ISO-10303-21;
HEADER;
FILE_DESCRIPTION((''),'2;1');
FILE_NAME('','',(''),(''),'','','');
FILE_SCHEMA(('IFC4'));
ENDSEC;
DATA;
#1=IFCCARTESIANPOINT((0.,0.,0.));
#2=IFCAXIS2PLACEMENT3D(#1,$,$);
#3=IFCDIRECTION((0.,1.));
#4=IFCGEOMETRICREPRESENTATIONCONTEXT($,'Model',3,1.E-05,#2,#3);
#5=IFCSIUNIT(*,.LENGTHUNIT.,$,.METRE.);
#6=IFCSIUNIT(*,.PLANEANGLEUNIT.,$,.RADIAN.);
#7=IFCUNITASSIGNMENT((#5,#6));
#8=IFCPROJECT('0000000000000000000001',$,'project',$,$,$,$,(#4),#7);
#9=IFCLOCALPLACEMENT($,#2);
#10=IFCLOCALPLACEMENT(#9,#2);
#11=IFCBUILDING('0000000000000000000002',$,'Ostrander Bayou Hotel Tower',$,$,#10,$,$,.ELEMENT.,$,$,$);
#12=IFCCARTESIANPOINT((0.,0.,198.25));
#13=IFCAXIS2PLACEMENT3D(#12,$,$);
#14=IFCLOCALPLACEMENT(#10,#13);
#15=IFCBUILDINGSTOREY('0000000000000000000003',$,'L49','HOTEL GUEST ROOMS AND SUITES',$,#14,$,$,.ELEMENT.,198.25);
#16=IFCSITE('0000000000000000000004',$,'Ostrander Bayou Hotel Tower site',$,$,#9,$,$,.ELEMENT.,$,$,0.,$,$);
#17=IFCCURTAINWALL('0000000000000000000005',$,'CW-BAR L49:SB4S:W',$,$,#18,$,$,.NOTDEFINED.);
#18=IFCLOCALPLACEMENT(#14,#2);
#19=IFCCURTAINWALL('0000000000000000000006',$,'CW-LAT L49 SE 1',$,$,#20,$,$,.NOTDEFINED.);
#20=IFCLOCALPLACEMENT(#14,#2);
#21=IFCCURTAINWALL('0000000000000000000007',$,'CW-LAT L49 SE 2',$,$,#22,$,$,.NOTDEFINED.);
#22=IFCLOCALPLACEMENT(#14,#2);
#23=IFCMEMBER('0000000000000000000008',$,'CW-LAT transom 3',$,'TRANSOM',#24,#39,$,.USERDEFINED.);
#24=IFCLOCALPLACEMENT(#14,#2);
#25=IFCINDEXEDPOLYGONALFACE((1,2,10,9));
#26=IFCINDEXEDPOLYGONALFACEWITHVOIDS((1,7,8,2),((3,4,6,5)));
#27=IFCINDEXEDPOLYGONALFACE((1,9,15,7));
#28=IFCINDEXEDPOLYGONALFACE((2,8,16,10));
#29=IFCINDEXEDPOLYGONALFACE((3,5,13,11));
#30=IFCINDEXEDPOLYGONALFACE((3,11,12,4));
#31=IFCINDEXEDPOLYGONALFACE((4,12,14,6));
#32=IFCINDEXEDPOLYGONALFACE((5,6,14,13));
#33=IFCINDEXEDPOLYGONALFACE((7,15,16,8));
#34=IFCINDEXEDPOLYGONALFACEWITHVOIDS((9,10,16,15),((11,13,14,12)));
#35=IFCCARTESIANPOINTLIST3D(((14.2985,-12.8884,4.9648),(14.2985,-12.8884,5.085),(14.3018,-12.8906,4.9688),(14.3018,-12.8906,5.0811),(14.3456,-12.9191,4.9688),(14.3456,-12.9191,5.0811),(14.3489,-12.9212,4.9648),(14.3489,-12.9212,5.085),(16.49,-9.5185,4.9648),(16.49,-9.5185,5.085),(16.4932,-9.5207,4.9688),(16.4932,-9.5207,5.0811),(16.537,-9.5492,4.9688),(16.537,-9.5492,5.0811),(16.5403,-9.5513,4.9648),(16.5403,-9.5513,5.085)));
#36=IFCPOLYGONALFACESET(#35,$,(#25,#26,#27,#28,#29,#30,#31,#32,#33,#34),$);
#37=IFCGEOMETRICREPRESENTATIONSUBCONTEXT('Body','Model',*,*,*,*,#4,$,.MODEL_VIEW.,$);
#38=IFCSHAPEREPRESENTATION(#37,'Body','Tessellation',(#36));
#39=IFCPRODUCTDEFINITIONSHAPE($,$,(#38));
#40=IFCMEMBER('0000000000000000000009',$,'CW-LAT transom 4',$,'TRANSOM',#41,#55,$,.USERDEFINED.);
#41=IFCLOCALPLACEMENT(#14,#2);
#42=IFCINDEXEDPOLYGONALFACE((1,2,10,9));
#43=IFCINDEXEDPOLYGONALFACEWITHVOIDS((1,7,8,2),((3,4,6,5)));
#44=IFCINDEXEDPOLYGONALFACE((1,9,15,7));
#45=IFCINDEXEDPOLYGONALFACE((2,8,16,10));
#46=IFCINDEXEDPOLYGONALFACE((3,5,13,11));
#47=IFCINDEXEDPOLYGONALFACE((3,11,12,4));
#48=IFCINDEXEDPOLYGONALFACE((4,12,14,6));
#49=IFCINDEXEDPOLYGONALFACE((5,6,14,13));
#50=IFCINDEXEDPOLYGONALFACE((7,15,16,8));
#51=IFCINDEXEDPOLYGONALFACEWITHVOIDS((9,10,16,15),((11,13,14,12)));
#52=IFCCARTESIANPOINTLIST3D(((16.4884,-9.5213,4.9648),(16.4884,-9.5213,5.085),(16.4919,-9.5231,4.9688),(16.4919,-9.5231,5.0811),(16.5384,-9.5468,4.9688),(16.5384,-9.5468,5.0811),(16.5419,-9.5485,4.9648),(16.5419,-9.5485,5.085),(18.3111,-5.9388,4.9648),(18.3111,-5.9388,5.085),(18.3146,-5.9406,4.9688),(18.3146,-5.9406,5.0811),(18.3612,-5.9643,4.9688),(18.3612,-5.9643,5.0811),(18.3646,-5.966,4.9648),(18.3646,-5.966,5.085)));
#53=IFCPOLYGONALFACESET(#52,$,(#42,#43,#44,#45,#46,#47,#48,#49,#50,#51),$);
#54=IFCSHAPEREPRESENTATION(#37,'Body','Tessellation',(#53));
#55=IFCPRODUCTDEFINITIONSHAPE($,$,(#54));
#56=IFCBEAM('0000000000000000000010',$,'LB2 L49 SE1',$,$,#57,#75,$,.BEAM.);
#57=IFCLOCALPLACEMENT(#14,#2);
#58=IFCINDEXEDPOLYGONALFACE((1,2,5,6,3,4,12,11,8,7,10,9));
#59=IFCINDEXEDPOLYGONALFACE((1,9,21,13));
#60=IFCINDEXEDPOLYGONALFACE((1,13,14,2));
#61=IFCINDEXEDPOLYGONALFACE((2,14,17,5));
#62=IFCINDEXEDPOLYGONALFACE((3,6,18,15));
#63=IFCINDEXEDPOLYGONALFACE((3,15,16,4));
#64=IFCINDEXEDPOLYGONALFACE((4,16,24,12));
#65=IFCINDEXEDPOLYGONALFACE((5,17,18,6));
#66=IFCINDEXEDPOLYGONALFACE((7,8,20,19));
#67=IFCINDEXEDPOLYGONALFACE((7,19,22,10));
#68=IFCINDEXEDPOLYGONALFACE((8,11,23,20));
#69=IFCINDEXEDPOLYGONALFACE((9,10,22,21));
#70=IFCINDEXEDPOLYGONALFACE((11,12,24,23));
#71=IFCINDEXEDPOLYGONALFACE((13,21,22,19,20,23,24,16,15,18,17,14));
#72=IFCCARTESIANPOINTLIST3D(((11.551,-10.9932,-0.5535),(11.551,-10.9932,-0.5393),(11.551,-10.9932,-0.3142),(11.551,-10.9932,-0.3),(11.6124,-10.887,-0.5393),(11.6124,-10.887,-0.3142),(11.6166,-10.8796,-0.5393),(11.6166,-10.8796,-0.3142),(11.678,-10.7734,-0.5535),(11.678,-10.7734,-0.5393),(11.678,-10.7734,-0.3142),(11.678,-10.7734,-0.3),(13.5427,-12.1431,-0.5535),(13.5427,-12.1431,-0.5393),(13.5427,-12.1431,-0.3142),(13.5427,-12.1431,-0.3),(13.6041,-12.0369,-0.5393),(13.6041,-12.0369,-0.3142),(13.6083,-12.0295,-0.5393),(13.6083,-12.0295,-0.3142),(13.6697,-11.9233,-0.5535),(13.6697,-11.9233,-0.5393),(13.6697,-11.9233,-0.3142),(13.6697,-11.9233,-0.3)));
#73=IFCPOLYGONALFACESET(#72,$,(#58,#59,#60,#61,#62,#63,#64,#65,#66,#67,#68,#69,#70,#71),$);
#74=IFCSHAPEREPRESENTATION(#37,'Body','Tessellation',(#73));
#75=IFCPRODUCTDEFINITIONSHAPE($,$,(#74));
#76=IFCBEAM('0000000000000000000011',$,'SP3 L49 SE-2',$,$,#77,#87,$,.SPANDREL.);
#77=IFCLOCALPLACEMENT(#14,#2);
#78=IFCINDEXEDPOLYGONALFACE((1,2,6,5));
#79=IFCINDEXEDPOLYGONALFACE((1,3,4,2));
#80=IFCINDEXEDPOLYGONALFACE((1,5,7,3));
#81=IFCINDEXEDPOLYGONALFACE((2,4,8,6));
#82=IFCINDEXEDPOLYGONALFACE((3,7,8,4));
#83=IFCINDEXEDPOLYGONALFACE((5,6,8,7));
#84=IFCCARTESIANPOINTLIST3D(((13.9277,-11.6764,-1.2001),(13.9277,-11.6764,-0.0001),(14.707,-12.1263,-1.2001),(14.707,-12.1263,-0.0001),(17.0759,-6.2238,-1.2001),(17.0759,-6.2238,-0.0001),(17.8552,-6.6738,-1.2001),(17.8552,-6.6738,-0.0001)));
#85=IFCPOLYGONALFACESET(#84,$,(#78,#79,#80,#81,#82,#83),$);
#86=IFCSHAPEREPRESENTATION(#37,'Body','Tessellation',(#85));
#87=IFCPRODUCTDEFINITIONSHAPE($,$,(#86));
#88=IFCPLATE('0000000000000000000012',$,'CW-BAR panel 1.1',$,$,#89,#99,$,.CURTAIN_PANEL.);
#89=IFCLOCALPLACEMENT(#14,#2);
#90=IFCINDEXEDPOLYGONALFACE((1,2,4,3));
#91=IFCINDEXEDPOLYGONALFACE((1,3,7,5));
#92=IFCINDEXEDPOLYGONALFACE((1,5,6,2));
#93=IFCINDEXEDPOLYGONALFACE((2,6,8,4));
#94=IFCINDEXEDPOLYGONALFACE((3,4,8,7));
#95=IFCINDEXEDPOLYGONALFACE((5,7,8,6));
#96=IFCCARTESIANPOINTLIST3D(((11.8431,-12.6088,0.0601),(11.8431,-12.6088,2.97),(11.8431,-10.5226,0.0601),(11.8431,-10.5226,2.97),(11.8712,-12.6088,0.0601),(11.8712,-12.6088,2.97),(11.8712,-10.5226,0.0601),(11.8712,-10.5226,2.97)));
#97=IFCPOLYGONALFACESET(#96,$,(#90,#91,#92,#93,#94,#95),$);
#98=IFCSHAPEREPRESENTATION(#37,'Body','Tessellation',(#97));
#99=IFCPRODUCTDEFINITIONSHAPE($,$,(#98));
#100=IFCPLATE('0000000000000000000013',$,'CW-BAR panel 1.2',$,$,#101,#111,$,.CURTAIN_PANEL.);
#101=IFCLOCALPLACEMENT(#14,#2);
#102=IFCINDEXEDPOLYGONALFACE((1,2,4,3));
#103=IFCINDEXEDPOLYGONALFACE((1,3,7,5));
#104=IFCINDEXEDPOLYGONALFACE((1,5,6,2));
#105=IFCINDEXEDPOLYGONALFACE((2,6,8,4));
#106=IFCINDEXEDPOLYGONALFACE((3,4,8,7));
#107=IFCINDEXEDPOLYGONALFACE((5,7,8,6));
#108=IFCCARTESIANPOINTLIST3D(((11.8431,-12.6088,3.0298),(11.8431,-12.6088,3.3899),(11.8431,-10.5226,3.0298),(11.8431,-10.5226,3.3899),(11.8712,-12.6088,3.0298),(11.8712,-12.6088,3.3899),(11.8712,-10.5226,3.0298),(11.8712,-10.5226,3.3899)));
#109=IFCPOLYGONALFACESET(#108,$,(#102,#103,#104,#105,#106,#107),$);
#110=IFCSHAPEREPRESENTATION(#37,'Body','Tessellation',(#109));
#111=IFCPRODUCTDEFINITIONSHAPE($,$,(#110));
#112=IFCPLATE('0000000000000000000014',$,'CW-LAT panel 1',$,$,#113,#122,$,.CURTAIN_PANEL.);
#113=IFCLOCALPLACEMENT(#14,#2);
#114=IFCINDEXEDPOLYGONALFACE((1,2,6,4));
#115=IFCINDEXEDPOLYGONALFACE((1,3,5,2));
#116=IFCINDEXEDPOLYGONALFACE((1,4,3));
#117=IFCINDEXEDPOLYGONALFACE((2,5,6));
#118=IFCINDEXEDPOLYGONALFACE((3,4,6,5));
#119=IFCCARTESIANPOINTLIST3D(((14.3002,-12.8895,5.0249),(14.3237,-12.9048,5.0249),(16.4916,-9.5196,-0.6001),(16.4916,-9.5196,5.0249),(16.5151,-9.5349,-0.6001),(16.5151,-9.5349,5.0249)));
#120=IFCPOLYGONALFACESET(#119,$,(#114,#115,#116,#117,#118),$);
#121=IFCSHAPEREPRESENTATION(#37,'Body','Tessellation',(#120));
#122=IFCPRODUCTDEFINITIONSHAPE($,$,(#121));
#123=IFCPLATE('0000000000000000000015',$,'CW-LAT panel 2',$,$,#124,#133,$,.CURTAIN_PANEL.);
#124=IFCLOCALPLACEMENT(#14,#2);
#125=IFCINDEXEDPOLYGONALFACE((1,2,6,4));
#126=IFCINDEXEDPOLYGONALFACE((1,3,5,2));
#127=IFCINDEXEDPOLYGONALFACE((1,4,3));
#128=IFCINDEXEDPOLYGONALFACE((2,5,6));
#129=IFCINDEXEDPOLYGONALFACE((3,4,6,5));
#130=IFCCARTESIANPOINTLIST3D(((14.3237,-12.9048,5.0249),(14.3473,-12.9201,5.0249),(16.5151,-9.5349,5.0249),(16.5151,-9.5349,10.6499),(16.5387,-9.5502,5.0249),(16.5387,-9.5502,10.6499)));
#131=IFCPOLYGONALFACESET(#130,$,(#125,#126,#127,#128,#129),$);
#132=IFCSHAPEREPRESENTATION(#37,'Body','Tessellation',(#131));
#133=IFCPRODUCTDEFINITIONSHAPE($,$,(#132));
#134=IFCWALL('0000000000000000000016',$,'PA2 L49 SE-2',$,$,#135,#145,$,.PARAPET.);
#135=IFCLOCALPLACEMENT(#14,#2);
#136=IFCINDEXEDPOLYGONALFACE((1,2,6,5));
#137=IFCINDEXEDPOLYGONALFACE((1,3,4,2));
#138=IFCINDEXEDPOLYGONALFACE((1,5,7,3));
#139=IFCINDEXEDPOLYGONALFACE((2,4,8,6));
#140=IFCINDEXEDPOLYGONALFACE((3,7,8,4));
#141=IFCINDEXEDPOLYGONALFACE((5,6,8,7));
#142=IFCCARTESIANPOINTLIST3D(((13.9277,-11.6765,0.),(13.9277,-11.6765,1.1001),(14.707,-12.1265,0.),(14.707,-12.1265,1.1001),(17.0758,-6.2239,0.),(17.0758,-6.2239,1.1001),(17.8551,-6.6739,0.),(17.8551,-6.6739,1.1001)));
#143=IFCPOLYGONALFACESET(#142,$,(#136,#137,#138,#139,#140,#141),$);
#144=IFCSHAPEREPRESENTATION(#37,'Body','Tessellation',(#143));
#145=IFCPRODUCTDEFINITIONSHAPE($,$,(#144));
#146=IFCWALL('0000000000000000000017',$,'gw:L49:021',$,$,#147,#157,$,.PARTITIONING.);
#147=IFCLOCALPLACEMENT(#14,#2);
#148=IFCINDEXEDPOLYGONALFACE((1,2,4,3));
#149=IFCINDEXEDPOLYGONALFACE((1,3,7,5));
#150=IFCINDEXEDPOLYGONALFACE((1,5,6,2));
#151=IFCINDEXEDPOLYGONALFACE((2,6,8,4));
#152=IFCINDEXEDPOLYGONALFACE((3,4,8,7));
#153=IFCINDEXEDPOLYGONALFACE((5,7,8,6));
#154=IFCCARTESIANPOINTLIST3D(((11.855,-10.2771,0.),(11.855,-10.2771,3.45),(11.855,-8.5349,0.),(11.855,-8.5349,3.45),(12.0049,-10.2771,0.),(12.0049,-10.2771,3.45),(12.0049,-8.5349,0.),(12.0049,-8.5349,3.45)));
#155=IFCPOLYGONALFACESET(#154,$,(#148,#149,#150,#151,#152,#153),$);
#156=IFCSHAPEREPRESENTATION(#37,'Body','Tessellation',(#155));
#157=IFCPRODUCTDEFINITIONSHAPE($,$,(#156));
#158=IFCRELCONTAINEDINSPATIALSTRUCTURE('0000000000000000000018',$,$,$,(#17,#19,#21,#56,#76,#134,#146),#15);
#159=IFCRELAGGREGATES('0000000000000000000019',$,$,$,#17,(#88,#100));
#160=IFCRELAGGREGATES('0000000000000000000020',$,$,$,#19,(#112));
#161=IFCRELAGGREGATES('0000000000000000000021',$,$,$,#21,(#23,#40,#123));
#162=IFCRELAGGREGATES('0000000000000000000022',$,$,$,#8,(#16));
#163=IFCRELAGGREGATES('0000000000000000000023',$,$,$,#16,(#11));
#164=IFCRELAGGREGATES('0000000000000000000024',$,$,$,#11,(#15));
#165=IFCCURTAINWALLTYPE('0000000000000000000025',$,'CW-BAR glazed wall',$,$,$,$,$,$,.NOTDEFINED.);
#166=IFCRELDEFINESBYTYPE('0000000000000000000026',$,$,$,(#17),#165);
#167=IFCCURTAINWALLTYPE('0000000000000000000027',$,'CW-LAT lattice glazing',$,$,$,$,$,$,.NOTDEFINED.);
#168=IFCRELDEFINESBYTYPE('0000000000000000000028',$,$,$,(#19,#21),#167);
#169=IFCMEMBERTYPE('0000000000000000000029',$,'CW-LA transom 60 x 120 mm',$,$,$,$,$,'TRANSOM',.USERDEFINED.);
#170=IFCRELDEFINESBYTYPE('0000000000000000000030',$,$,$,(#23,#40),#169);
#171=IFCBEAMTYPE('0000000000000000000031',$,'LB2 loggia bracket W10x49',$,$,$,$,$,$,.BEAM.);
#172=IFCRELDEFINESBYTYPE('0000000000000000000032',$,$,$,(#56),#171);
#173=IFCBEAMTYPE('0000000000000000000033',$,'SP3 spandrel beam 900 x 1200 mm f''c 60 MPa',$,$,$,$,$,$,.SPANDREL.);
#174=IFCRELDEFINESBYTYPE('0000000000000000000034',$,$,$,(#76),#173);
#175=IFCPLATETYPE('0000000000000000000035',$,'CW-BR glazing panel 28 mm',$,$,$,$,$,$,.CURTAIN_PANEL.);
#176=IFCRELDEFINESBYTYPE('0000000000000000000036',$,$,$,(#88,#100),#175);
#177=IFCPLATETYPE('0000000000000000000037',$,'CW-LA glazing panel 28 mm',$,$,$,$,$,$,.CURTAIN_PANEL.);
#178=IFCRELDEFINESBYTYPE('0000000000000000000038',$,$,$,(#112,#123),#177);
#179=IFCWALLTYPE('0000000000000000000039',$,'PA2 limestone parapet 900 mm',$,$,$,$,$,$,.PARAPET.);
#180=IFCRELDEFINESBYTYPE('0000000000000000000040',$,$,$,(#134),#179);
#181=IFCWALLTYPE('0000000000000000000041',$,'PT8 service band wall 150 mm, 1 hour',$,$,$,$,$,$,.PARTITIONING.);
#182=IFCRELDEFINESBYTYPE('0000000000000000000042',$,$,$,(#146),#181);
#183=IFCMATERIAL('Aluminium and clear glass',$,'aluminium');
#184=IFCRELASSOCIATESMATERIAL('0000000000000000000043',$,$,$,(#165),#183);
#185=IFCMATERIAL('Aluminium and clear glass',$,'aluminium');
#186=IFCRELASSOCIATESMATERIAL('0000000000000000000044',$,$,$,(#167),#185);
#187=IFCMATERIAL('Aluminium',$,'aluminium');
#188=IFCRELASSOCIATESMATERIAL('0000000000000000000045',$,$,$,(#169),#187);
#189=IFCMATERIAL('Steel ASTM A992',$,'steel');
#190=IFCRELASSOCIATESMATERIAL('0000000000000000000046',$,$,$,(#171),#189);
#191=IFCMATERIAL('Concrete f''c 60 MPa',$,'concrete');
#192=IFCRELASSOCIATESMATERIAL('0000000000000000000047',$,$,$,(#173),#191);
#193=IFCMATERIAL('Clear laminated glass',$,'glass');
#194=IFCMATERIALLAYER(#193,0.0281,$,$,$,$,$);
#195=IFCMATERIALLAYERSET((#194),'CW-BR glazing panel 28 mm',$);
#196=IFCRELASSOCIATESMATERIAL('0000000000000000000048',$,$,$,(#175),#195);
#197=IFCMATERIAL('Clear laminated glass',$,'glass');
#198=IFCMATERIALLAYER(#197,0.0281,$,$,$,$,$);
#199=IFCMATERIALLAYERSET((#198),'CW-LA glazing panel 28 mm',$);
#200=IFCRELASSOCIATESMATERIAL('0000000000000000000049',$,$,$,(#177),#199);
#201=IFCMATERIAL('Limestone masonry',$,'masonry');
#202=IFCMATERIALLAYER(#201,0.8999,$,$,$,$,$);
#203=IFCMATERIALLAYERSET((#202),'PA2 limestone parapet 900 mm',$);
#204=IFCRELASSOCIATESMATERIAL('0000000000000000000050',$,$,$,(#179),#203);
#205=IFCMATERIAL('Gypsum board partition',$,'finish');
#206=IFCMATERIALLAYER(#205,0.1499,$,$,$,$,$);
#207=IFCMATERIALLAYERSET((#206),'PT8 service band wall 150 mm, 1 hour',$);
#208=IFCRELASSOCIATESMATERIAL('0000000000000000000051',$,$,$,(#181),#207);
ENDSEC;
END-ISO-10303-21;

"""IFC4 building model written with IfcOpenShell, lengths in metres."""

from ifc_helpers import new_model, si_unit, direction, frame, frame_2d, origin, origin_2d, place, context, subcontext, project, spatial, polyline, rectangle, hollow_rectangle, i_section, outline, extrude, material, layer, layer_set, material_profile, profile_set, type_object, element, aggregate, save


model = new_model("IFC4")

# Units and contexts
model_context = context("Model", 3, precision=1e-05, world=origin(), true_north=direction((0.0, 1.0)))
body_context = subcontext(model_context, "Body", "Model", "MODEL_VIEW")
ifc_project = project(units=[si_unit("LENGTHUNIT", "METRE"), si_unit("PLANEANGLEUNIT", "RADIAN")], contexts=[model_context])

# Site, building, storey
site_placement = place(None, origin())
site = spatial("IfcSite", under=ifc_project, at=site_placement, Name="Ostrander Bayou Hotel Tower site", CompositionType="ELEMENT", RefElevation=0.0)
building_placement = place(site_placement, origin())
building = spatial("IfcBuilding", under=site, at=building_placement, Name="Ostrander Bayou Hotel Tower", CompositionType="ELEMENT")
storey_placement = place(building_placement, frame((0.0, 0.0, 198.25)))
storey = spatial("IfcBuildingStorey", under=building, at=storey_placement, Name="L49", Description="HOTEL GUEST ROOMS AND SUITES", CompositionType="ELEMENT", Elevation=198.25)

# Curtain walls, members
ifc_material_1 = material(Name="Aluminium and clear glass", Category="aluminium")
curtain_wall_type_1 = type_object("IfcCurtainWallType", Name="CW-BAR glazed wall", PredefinedType="NOTDEFINED", material=ifc_material_1)
curtain_wall_1_placement = place(storey_placement, origin())
curtain_wall_1 = element("IfcCurtainWall", 1, at=curtain_wall_1_placement, inside=storey, type_object=curtain_wall_type_1, Name="CW-BAR L49:SB4S:W", PredefinedType="NOTDEFINED")
ifc_material_2 = material(Name="Aluminium and clear glass", Category="aluminium")
curtain_wall_type_2 = type_object("IfcCurtainWallType", Name="CW-LAT lattice glazing", PredefinedType="NOTDEFINED", material=ifc_material_2)
curtain_wall_2_placement = place(storey_placement, origin())
curtain_wall_2 = element("IfcCurtainWall", 2, at=curtain_wall_2_placement, inside=storey, type_object=curtain_wall_type_2, Name="CW-LAT L49 SE 1", PredefinedType="NOTDEFINED")
curtain_wall_3_placement = place(storey_placement, origin())
curtain_wall_3 = element("IfcCurtainWall", 3, at=curtain_wall_3_placement, inside=storey, type_object=curtain_wall_type_2, Name="CW-LAT L49 SE 2", PredefinedType="NOTDEFINED")
ifc_material_3 = material(Name="Aluminium", Category="aluminium")
ifc_material_profile_1 = material_profile(ifc_material_3, hollow_rectangle(XDim=0.0601, YDim=0.1201, WallThickness=0.0039, at=origin_2d()))
ifc_profile_set_1 = profile_set([ifc_material_profile_1], Name="Aluminium")
member_type_1 = type_object("IfcMemberType", Name="CW-LA transom 60 x 120 mm", ElementType="TRANSOM", PredefinedType="USERDEFINED", material=ifc_profile_set_1)
member_1_placement = place(storey_placement, frame((16.5151, -9.5349, 5.0249), z_axis=(-0.545161, -0.838331, 0.0), x_axis=(0.838331, -0.545161, 0.0)))
member_1 = element("IfcMember", 4, at=member_1_placement, type_object=member_type_1, Name="CW-LAT transom 3", ObjectType="TRANSOM", PredefinedType="USERDEFINED", context=body_context, shape_type="SweptSolid", body=[
    extrude(hollow_rectangle(XDim=0.0601, YDim=0.1201, WallThickness=0.0039, at=origin_2d()), origin(), (0.0, 0.0, 1.0), 4.0198),
])
member_2_placement = place(storey_placement, frame((16.5151, -9.5349, 5.0249), z_axis=(0.453471, 0.891271, 0.0), x_axis=(-0.891271, 0.453471, 0.0)))
member_2 = element("IfcMember", 5, at=member_2_placement, type_object=member_type_1, Name="CW-LAT transom 4", ObjectType="TRANSOM", PredefinedType="USERDEFINED", context=body_context, shape_type="SweptSolid", body=[
    extrude(hollow_rectangle(XDim=0.0601, YDim=0.1201, WallThickness=0.0039, at=origin_2d()), origin(), (0.0, 0.0, 1.0), 4.0195),
])

# Beams
ifc_material_4 = material(Name="Steel ASTM A992", Category="steel")
ifc_material_profile_2 = material_profile(ifc_material_4, i_section(OverallWidth=0.2539, OverallDepth=0.2534, WebThickness=0.0085, FlangeThickness=0.0142, at=origin_2d()))
ifc_profile_set_2 = profile_set([ifc_material_profile_2], Name="Steel ASTM A992")
beam_type_1 = type_object("IfcBeamType", Name="LB2 loggia bracket W10x49", PredefinedType="BEAM", material=ifc_profile_set_2)
beam_1_placement = place(storey_placement, frame((13.6062, -12.0332, -0.4268), z_axis=(-0.866026, 0.499998, 0.0), x_axis=(-0.499998, -0.866026, 0.0)))
element("IfcBeam", 6, at=beam_1_placement, inside=storey, type_object=beam_type_1, Name="LB2 L49 SE1", PredefinedType="BEAM", context=body_context, shape_type="SweptSolid", body=[
    extrude(i_section(OverallWidth=0.2539, OverallDepth=0.2534, WebThickness=0.0085, FlangeThickness=0.0142, at=origin_2d()), origin(), (0.0, 0.0, 1.0), 2.2998),
])
ifc_material_5 = material(Name="Concrete f'c 60 MPa", Category="concrete")
ifc_material_profile_3 = material_profile(ifc_material_5, rectangle(XDim=0.8999, YDim=1.2, at=origin_2d()))
ifc_profile_set_3 = profile_set([ifc_material_profile_3], Name="Concrete f'c 60 MPa")
beam_type_2 = type_object("IfcBeamType", Name="SP3 spandrel beam 900 x 1200 mm f'c 60 MPa", PredefinedType="SPANDREL", material=ifc_profile_set_3)
beam_2_placement = place(storey_placement, frame((14.3174, -11.9014, -0.6001), z_axis=(0.500013, 0.866018, 0.0), x_axis=(-0.866018, 0.500013, 0.0)))
element("IfcBeam", 7, at=beam_2_placement, inside=storey, type_object=beam_type_2, Name="SP3 L49 SE-2", PredefinedType="SPANDREL", context=body_context, shape_type="SweptSolid", body=[
    extrude(rectangle(XDim=0.8999, YDim=1.2, at=origin_2d()), origin(), (0.0, 0.0, 1.0), 6.2961),
])

# Plates
ifc_material_6 = material(Name="Clear laminated glass", Category="glass")
ifc_layer_1 = layer(ifc_material_6, 0.0281)
ifc_layer_set_1 = layer_set([ifc_layer_1], Name="CW-BR glazing panel 28 mm")
plate_type_1 = type_object("IfcPlateType", Name="CW-BR glazing panel 28 mm", PredefinedType="CURTAIN_PANEL", material=ifc_layer_set_1)
plate_1_placement = place(storey_placement, frame((11.8572, -11.5657, 0.0601), z_axis=(0.0, 0.0, 1.0), x_axis=(0.0, -1.0, 0.0)))
plate_1 = element("IfcPlate", 8, at=plate_1_placement, type_object=plate_type_1, Name="CW-BAR panel 1.1", PredefinedType="CURTAIN_PANEL", context=body_context, shape_type="SweptSolid", body=[
    extrude(rectangle(XDim=2.0862, YDim=0.0281, at=origin_2d()), origin(), (0.0, 0.0, 1.0), 2.9099),
])
plate_2_placement = place(storey_placement, frame((11.8572, -11.5657, 3.0298), z_axis=(0.0, 0.0, 1.0), x_axis=(0.0, -1.0, 0.0)))
plate_2 = element("IfcPlate", 9, at=plate_2_placement, type_object=plate_type_1, Name="CW-BAR panel 1.2", PredefinedType="CURTAIN_PANEL", context=body_context, shape_type="SweptSolid", body=[
    extrude(rectangle(XDim=2.0862, YDim=0.0281, at=origin_2d()), origin(), (0.0, 0.0, 1.0), 0.3601),
])
aggregate(curtain_wall_1, [plate_1, plate_2])
ifc_material_7 = material(Name="Clear laminated glass", Category="glass")
ifc_layer_2 = layer(ifc_material_7, 0.0281)
ifc_layer_set_2 = layer_set([ifc_layer_2], Name="CW-LA glazing panel 28 mm")
plate_type_2 = type_object("IfcPlateType", Name="CW-LA glazing panel 28 mm", PredefinedType="CURTAIN_PANEL", material=ifc_layer_set_2)
plate_3_placement = place(storey_placement, frame((14.3237, -12.9048, 5.0249), z_axis=(0.838331, -0.545161, 0.0), x_axis=(0.316967, 0.487421, -0.813605)))
plate_3 = element("IfcPlate", 10, at=plate_3_placement, type_object=plate_type_2, Name="CW-LAT panel 1", PredefinedType="CURTAIN_PANEL", context=body_context, shape_type="SweptSolid", body=[
    extrude(outline(polyline([(0.0, 0.0), (6.9137, 0.0), (2.3372, 3.2705), (0.0, 0.0)])), origin(), (0.0, 0.0, -1.0), 0.0281),
])
aggregate(curtain_wall_2, [plate_3])
plate_4_placement = place(storey_placement, frame((14.3237, -12.9048, 5.0249), z_axis=(-0.838331, 0.545161, 0.0), x_axis=(0.316967, 0.487421, 0.813605)))
plate_4 = element("IfcPlate", 11, at=plate_4_placement, type_object=plate_type_2, Name="CW-LAT panel 2", PredefinedType="CURTAIN_PANEL", context=body_context, shape_type="SweptSolid", body=[
    extrude(outline(polyline([(0.0, 0.0), (6.9137, 0.0), (2.3372, 3.2705), (0.0, 0.0)])), origin(), (0.0, 0.0, -1.0), 0.0281),
])
aggregate(curtain_wall_3, [member_1, member_2, plate_4])

# Walls
ifc_material_8 = material(Name="Limestone masonry", Category="masonry")
ifc_layer_3 = layer(ifc_material_8, 0.8999)
ifc_layer_set_3 = layer_set([ifc_layer_3], Name="PA2 limestone parapet 900 mm")
wall_type_1 = type_object("IfcWallType", Name="PA2 limestone parapet 900 mm", PredefinedType="PARAPET", material=ifc_layer_set_3)
wall_1_placement = place(storey_placement, frame((14.3174, -11.9014, 0.0), z_axis=(0.0, 0.0, 1.0), x_axis=(0.500013, 0.866018, 0.0)))
element("IfcWall", 12, at=wall_1_placement, inside=storey, type_object=wall_type_1, Name="PA2 L49 SE-2", PredefinedType="PARAPET", context=body_context, shape_type="SweptSolid", body=[
    extrude(rectangle(XDim=6.2961, YDim=0.8999, at=frame_2d((3.1479, 0.0))), origin(), (0.0, 0.0, 1.0), 1.1001),
])
ifc_material_9 = material(Name="Gypsum board partition", Category="finish")
ifc_layer_4 = layer(ifc_material_9, 0.1499)
ifc_layer_set_4 = layer_set([ifc_layer_4], Name="PT8 service band wall 150 mm, 1 hour")
wall_type_2 = type_object("IfcWallType", Name="PT8 service band wall 150 mm, 1 hour", PredefinedType="PARTITIONING", material=ifc_layer_set_4)
wall_2_placement = place(storey_placement, frame((11.9299, -10.2771, 0.0), z_axis=(0.0, 0.0, 1.0), x_axis=(0.0, 1.0, 0.0)))
element("IfcWall", 13, at=wall_2_placement, inside=storey, type_object=wall_type_2, Name="gw:L49:021", PredefinedType="PARTITIONING", context=body_context, shape_type="SweptSolid", body=[
    extrude(rectangle(XDim=1.7422, YDim=0.1499, at=frame_2d((0.8711, 0.0))), origin(), (0.0, 0.0, 1.0), 3.45),
])

save(model, "model.ifc")
